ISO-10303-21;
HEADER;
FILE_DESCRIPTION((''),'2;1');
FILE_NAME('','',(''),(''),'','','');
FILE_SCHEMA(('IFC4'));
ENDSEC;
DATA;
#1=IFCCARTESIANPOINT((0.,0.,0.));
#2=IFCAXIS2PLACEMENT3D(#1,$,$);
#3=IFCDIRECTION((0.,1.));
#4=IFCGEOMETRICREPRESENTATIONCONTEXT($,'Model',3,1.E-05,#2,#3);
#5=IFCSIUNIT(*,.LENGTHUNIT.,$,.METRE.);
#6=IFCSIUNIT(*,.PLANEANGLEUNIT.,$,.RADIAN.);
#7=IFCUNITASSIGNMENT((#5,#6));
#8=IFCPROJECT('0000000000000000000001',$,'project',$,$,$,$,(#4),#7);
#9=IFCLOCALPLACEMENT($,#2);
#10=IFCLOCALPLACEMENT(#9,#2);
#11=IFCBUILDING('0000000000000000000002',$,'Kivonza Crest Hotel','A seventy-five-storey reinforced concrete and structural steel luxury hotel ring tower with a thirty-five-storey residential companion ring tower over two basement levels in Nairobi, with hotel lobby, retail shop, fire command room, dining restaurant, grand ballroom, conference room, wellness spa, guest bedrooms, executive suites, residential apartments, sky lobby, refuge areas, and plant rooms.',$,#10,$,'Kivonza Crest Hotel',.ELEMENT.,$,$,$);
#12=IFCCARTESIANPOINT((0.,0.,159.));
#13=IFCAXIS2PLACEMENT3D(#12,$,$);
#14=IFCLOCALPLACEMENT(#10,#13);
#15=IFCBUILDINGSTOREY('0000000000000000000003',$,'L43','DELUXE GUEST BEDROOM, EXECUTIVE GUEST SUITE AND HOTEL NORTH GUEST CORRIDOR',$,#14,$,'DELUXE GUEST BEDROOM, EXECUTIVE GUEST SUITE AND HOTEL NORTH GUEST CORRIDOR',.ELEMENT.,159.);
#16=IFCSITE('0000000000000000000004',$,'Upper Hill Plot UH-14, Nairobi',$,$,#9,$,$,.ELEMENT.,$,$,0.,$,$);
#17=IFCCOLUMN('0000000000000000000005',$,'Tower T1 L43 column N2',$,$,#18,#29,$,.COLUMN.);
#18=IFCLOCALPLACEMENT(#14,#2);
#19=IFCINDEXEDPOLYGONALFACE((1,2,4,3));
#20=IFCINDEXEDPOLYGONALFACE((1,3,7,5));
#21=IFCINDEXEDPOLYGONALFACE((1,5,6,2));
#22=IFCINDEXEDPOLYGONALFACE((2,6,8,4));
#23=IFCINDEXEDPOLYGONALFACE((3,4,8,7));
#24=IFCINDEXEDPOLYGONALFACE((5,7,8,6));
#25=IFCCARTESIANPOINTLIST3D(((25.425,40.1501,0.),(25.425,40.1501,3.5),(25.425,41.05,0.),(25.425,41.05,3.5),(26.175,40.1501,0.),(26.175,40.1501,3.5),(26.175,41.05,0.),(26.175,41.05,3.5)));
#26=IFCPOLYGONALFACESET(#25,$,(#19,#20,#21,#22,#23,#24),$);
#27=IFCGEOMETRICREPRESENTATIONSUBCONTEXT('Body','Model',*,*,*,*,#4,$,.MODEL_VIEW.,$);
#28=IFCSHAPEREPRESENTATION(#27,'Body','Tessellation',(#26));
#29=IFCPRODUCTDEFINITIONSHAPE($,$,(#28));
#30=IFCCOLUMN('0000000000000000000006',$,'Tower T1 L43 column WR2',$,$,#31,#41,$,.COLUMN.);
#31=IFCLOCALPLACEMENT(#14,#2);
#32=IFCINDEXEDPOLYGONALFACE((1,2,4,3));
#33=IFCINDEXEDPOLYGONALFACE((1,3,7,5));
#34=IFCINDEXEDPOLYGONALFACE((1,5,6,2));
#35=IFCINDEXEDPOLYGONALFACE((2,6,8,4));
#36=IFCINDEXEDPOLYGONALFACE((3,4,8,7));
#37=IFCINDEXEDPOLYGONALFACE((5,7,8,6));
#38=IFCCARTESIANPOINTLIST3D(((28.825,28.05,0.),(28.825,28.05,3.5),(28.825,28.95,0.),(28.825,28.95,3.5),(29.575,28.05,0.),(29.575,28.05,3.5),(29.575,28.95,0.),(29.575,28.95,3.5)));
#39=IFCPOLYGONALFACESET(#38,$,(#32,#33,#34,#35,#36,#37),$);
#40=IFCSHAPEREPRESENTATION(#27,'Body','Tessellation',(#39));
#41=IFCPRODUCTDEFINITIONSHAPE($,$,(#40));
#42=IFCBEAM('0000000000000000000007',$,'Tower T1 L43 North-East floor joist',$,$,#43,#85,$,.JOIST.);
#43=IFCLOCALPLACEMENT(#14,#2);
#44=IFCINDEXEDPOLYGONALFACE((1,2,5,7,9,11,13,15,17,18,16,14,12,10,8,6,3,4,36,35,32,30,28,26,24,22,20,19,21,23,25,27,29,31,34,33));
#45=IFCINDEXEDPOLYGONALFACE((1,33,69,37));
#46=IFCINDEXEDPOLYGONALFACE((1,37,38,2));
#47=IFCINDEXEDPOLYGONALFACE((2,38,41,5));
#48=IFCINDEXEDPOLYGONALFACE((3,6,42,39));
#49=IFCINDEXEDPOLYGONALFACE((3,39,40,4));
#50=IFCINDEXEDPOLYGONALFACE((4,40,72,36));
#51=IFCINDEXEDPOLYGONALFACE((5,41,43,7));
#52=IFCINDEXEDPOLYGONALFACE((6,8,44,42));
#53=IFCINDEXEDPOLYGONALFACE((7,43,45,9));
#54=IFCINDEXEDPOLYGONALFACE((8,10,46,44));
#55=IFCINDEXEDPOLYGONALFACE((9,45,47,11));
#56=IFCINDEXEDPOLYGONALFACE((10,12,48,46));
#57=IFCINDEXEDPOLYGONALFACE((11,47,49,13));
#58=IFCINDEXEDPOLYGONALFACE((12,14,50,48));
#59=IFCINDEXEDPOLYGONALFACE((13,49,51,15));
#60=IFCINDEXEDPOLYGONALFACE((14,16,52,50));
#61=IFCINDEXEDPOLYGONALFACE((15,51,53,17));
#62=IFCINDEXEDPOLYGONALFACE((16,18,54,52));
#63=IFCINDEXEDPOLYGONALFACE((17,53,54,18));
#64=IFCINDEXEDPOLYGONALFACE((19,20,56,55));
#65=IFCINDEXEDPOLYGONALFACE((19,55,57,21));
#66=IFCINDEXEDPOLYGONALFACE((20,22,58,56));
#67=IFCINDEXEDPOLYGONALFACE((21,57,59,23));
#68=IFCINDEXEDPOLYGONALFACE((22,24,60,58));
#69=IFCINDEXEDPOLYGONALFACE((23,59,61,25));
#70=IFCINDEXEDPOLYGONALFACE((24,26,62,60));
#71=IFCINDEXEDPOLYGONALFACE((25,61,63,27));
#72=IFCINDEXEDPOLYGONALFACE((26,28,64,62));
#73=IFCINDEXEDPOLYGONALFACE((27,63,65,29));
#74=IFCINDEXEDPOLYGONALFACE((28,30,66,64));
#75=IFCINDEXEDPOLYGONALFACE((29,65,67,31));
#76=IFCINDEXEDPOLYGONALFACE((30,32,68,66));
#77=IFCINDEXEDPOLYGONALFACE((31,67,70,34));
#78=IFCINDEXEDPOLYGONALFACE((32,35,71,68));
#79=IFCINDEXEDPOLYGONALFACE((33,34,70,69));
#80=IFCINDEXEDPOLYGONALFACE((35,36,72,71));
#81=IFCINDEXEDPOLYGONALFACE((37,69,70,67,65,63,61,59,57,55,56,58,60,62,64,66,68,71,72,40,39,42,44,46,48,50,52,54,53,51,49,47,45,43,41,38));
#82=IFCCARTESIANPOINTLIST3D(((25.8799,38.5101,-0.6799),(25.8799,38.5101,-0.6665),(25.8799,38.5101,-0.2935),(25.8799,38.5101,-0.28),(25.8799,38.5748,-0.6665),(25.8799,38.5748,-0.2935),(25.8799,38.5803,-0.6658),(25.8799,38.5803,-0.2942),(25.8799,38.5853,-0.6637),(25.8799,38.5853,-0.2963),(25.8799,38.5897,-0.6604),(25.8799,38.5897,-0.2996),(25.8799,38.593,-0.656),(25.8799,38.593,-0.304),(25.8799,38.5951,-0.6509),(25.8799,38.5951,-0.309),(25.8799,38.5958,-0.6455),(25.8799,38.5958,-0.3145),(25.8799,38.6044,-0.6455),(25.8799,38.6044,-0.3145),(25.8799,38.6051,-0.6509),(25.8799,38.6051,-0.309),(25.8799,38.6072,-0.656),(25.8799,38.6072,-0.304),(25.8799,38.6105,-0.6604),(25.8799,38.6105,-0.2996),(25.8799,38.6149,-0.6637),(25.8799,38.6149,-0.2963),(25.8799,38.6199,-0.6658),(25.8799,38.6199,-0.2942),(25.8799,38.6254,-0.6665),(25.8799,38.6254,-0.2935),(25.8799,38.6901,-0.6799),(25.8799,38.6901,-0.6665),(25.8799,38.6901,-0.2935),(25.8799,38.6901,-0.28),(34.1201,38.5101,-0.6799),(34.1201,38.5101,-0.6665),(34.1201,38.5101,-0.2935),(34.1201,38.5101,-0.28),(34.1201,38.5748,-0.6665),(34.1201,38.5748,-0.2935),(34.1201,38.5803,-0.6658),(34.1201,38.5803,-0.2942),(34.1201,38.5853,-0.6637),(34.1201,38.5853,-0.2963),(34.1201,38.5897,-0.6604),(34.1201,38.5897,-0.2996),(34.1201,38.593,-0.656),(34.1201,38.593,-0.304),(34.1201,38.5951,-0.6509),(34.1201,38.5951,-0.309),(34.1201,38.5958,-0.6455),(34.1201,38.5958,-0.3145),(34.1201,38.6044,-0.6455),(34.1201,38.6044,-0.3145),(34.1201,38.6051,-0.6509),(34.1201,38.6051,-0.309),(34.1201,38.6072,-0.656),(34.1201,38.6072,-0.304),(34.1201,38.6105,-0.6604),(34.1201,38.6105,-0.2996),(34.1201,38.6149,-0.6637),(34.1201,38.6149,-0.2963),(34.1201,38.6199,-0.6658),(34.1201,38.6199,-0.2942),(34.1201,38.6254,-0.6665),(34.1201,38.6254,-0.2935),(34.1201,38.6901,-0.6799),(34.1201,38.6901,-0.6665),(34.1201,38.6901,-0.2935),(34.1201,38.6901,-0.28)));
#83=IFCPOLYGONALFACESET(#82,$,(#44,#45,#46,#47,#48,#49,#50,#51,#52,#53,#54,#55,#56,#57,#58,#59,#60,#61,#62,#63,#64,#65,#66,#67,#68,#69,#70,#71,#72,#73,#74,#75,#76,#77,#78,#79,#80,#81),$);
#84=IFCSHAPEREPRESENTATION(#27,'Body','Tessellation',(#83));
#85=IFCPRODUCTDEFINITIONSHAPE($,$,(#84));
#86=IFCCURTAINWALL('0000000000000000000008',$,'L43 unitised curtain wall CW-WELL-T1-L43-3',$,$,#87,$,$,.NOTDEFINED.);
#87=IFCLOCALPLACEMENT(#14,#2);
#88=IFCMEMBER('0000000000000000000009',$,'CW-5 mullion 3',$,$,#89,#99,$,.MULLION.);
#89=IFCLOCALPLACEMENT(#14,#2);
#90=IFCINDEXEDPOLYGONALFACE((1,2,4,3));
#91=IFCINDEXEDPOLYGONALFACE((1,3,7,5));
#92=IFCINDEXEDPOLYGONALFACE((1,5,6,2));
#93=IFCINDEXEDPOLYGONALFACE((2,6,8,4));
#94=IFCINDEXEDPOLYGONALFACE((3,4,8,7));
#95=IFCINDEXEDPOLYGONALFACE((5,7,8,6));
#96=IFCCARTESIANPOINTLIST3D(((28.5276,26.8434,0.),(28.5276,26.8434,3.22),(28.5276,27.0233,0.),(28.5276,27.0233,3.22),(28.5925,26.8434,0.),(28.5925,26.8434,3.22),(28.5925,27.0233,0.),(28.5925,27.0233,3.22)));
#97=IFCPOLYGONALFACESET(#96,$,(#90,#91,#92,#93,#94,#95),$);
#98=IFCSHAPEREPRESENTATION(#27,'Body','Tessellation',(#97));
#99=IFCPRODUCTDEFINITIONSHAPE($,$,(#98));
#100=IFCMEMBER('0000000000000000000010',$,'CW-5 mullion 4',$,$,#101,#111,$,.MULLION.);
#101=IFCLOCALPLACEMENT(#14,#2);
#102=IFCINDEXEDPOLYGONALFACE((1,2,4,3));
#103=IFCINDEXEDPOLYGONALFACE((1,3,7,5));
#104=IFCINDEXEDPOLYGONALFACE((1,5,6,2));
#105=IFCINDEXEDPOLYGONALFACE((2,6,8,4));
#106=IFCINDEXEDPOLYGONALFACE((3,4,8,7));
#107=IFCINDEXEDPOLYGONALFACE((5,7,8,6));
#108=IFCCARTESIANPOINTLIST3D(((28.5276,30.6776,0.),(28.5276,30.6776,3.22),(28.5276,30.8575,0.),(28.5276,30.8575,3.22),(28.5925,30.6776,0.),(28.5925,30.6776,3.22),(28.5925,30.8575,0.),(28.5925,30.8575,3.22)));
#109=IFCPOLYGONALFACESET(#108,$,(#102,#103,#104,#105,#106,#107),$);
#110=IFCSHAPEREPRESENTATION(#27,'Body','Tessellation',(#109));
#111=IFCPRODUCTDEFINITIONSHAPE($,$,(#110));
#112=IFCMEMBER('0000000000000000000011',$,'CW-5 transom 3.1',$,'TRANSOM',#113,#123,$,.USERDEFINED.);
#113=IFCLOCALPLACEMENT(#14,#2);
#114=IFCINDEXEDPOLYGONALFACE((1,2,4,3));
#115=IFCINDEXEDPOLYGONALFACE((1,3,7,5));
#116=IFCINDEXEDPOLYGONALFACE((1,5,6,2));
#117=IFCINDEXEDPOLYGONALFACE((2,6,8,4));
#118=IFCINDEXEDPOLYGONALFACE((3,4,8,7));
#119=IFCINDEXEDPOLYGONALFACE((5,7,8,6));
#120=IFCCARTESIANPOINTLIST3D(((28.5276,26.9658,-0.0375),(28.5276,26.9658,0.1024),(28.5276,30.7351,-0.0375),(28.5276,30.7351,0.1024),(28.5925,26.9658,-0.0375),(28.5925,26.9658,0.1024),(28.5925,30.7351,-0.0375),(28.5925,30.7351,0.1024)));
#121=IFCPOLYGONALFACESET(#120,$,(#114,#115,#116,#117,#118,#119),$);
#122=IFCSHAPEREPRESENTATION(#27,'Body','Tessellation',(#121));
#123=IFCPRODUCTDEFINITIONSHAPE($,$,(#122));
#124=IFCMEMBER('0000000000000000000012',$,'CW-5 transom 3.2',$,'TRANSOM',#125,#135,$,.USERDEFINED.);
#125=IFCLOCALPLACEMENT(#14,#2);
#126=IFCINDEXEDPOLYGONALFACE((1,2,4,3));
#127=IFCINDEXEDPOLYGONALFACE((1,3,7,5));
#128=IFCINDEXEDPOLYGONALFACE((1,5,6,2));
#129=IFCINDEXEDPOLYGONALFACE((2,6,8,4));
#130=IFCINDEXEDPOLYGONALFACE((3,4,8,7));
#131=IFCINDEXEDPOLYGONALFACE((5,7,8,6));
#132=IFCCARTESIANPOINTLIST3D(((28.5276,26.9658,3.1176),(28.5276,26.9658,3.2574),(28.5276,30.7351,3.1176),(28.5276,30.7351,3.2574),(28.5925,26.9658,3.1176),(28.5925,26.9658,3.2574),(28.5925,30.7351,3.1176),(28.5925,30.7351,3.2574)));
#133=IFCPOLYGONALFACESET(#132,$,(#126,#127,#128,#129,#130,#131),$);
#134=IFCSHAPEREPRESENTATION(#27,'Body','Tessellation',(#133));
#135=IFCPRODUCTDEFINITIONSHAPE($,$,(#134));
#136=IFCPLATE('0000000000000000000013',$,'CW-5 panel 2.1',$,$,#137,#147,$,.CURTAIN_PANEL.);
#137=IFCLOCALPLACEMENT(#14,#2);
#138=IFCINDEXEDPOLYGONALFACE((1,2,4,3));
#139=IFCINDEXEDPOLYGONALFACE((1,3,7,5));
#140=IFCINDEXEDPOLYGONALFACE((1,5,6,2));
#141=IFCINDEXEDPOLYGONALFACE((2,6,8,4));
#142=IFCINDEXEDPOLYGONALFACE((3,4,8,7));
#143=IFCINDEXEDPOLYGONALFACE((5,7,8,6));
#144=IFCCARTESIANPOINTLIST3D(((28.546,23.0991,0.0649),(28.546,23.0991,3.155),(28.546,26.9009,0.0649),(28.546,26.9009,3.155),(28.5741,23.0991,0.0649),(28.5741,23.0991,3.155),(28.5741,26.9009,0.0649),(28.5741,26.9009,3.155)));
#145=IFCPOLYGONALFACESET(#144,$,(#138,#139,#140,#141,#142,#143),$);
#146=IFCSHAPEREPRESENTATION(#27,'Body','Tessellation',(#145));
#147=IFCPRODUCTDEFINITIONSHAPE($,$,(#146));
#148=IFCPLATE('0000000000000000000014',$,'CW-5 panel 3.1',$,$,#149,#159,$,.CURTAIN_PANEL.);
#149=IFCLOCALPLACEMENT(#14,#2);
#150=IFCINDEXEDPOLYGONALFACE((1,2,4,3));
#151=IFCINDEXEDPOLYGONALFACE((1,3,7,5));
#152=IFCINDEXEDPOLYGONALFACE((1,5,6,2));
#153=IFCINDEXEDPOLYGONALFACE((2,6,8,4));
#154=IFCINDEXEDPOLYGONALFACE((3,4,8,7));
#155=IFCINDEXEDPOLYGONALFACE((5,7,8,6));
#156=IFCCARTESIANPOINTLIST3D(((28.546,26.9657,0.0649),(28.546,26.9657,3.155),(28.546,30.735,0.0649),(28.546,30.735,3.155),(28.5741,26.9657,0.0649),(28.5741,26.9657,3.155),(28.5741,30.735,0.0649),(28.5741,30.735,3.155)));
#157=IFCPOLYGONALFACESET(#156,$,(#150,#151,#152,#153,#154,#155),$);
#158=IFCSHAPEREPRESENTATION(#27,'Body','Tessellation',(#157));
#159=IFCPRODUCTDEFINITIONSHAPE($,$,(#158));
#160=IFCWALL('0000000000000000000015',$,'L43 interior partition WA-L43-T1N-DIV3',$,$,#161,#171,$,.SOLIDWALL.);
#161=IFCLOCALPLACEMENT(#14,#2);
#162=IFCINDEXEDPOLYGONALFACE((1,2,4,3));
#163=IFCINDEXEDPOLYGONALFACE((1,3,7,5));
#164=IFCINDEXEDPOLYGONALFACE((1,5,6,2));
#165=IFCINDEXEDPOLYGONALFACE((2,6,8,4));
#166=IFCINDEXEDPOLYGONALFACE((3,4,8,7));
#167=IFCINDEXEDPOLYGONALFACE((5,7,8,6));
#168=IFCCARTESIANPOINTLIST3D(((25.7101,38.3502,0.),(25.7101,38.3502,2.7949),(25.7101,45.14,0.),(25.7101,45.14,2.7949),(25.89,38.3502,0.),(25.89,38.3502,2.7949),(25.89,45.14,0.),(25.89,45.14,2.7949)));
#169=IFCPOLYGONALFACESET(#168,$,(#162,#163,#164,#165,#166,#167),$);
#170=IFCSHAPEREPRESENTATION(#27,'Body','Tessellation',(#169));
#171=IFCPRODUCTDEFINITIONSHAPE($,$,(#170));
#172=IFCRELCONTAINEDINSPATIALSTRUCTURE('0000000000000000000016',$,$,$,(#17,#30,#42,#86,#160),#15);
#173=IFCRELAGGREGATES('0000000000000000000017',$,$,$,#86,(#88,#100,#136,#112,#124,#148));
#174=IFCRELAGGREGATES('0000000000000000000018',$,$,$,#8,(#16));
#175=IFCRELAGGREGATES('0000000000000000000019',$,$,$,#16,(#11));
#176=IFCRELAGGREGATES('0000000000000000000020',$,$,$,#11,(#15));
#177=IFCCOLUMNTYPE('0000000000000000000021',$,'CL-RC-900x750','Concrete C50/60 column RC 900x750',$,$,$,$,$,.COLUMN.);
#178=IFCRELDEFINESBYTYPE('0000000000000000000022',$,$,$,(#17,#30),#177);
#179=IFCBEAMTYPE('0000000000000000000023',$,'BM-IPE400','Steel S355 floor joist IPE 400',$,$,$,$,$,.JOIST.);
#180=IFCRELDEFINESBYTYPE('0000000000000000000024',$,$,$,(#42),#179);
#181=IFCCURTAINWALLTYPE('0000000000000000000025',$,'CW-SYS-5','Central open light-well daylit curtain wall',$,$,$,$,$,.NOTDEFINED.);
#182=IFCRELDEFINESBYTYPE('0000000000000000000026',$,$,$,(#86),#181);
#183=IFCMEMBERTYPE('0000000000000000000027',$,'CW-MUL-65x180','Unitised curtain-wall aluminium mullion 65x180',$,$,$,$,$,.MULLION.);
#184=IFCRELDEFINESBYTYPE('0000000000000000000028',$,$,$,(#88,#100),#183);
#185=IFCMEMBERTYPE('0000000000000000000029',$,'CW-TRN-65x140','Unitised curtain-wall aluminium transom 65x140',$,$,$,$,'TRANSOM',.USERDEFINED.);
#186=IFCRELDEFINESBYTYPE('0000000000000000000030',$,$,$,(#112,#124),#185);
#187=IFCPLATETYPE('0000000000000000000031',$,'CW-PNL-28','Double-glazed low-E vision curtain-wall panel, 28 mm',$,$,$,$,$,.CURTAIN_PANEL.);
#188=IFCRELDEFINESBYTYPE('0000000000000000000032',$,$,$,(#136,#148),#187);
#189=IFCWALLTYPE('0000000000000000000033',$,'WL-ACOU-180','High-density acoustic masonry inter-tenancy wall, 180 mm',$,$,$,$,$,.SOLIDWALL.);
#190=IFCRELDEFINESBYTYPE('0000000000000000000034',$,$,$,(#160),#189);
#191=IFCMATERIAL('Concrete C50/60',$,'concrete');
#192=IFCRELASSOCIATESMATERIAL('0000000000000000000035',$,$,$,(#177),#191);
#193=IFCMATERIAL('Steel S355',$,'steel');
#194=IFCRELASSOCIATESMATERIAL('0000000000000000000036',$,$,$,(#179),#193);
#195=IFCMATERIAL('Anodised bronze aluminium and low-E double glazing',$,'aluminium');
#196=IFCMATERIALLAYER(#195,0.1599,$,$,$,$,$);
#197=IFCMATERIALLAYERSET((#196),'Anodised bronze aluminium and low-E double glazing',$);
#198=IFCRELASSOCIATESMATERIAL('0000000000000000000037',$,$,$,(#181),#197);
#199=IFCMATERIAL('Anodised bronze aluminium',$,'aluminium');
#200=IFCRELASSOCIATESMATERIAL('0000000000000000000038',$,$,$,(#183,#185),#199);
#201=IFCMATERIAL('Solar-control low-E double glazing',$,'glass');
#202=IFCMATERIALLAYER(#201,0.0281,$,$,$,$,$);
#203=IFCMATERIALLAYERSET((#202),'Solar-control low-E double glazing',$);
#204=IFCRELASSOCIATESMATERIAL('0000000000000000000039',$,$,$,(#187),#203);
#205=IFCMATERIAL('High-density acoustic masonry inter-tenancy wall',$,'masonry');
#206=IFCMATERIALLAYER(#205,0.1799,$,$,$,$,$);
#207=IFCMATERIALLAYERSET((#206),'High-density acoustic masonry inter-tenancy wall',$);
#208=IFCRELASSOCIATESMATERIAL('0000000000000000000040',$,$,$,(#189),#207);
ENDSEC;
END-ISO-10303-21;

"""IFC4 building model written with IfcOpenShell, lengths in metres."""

from ifc_helpers import new_model, si_unit, direction, frame, frame_2d, origin, origin_2d, place, context, subcontext, project, spatial, rectangle, i_section, extrude, material, layer, layer_set, material_profile, profile_set, type_object, element, aggregate, save


model = new_model("IFC4")

# Units and contexts
model_context = context("Model", 3, precision=1e-05, world=origin(), true_north=direction((0.0, 1.0)))
body_context = subcontext(model_context, "Body", "Model", "MODEL_VIEW")
ifc_project = project(units=[si_unit("LENGTHUNIT", "METRE"), si_unit("PLANEANGLEUNIT", "RADIAN")], contexts=[model_context])

# Site, building, storey
site_placement = place(None, origin())
site = spatial("IfcSite", under=ifc_project, at=site_placement, Name="Upper Hill Plot UH-14, Nairobi", CompositionType="ELEMENT", RefElevation=0.0)
building_placement = place(site_placement, origin())
building = spatial("IfcBuilding", under=site, at=building_placement, Name="Kivonza Crest Hotel", Description="A seventy-five-storey reinforced concrete and structural steel luxury hotel ring tower with a thirty-five-storey residential companion ring tower over two basement levels in Nairobi, with hotel lobby, retail shop, fire command room, dining restaurant, grand ballroom, conference room, wellness spa, guest bedrooms, executive suites, residential apartments, sky lobby, refuge areas, and plant rooms.", LongName="Kivonza Crest Hotel", CompositionType="ELEMENT")
storey_placement = place(building_placement, frame((0.0, 0.0, 159.0)))
storey = spatial("IfcBuildingStorey", under=building, at=storey_placement, Name="L43", Description="DELUXE GUEST BEDROOM, EXECUTIVE GUEST SUITE AND HOTEL NORTH GUEST CORRIDOR", LongName="DELUXE GUEST BEDROOM, EXECUTIVE GUEST SUITE AND HOTEL NORTH GUEST CORRIDOR", CompositionType="ELEMENT", Elevation=159.0)

# Columns
ifc_material_1 = material(Name="Concrete C50/60", Category="concrete")
ifc_material_profile_1 = material_profile(ifc_material_1, rectangle(XDim=0.75, YDim=0.8999, at=origin_2d()), Name="RC 900x750")
ifc_profile_set_1 = profile_set([ifc_material_profile_1], Name="Concrete C50/60")
column_type = type_object("IfcColumnType", Name="CL-RC-900x750", Description="Concrete C50/60 column RC 900x750", PredefinedType="COLUMN", material=ifc_profile_set_1)
for number, where, z_axis, x_axis, name in (
    (1, (25.8, 40.6001, 0.0), (0.0, 0.0, 1.0), (1.0, 0.0, 0.0), "Tower T1 L43 column N2"),
    (2, (29.2, 28.5, 0.0), (0.0, 0.0, 1.0), (1.0, 0.0, 0.0), "Tower T1 L43 column WR2"),
):
    element("IfcColumn", number, at=place(storey_placement, frame(where, z_axis=z_axis, x_axis=x_axis)), inside=storey, type_object=column_type, Name=name, PredefinedType="COLUMN", context=body_context, shape_type="SweptSolid", body=[
        extrude(rectangle(XDim=0.75, YDim=0.8999, at=origin_2d()), origin(), (0.0, 0.0, 1.0), 3.5),
    ])

# Beam
ifc_material_2 = material(Name="Steel S355", Category="steel")
ifc_material_profile_2 = material_profile(ifc_material_2, i_section(OverallWidth=0.1799, OverallDepth=0.3999, WebThickness=0.0085, FlangeThickness=0.0134, FilletRadius=0.021, at=origin_2d()), Name="IPE 400")
ifc_profile_set_2 = profile_set([ifc_material_profile_2], Name="Steel S355")
beam_type = type_object("IfcBeamType", Name="BM-IPE400", Description="Steel S355 floor joist IPE 400", PredefinedType="JOIST", material=ifc_profile_set_2)
beam_placement = place(storey_placement, frame((25.8799, 38.6001, -0.48), z_axis=(1.0, 0.0, 0.0), x_axis=(0.0, 1.0, 0.0)))
element("IfcBeam", 3, at=beam_placement, inside=storey, type_object=beam_type, Name="Tower T1 L43 North-East floor joist", PredefinedType="JOIST", context=body_context, shape_type="SweptSolid", body=[
    extrude(i_section(OverallWidth=0.1799, OverallDepth=0.3999, WebThickness=0.0085, FlangeThickness=0.0134, FilletRadius=0.021, at=origin_2d()), origin(), (0.0, 0.0, 1.0), 8.2402),
])

# Curtain wall, members, plates
ifc_material_3 = material(Name="Anodised bronze aluminium and low-E double glazing", Category="aluminium")
ifc_layer_1 = layer(ifc_material_3, 0.1599)
ifc_layer_set_1 = layer_set([ifc_layer_1], Name="Anodised bronze aluminium and low-E double glazing")
curtain_wall_type = type_object("IfcCurtainWallType", Name="CW-SYS-5", Description="Central open light-well daylit curtain wall", PredefinedType="NOTDEFINED", material=ifc_layer_set_1)
curtain_wall_placement = place(storey_placement, origin())
curtain_wall = element("IfcCurtainWall", 4, at=curtain_wall_placement, inside=storey, type_object=curtain_wall_type, Name="L43 unitised curtain wall CW-WELL-T1-L43-3", PredefinedType="NOTDEFINED")
ifc_material_4 = material(Name="Anodised bronze aluminium", Category="aluminium")
ifc_material_profile_3 = material_profile(ifc_material_4, rectangle(XDim=0.0649, YDim=0.1799, at=origin_2d()), Name="CW-M 65x180")
ifc_profile_set_3 = profile_set([ifc_material_profile_3], Name="Anodised bronze aluminium")
member_type_1 = type_object("IfcMemberType", Name="CW-MUL-65x180", Description="Unitised curtain-wall aluminium mullion 65x180", PredefinedType="MULLION", material=ifc_profile_set_3)
member_1_placement = place(storey_placement, frame((28.5601, 26.9333, 0.0), z_axis=(0.0, 0.0, 1.0), x_axis=(-1.0, 0.0, 0.0)))
member_1 = element("IfcMember", 5, at=member_1_placement, type_object=member_type_1, Name="CW-5 mullion 3", PredefinedType="MULLION", context=body_context, shape_type="SweptSolid", body=[
    extrude(rectangle(XDim=0.0649, YDim=0.1799, at=origin_2d()), origin(), (0.0, 0.0, 1.0), 3.22),
])
member_2_placement = place(storey_placement, frame((28.5601, 30.7676, 0.0), z_axis=(0.0, 0.0, 1.0), x_axis=(-1.0, 0.0, 0.0)))
member_2 = element("IfcMember", 6, at=member_2_placement, type_object=member_type_1, Name="CW-5 mullion 4", PredefinedType="MULLION", context=body_context, shape_type="SweptSolid", body=[
    extrude(rectangle(XDim=0.0649, YDim=0.1799, at=origin_2d()), origin(), (0.0, 0.0, 1.0), 3.22),
])
ifc_material_profile_4 = material_profile(ifc_material_4, rectangle(XDim=0.0649, YDim=0.1399, at=origin_2d()), Name="CW-T 65x140")
ifc_profile_set_4 = profile_set([ifc_material_profile_4], Name="Anodised bronze aluminium")
member_type_2 = type_object("IfcMemberType", Name="CW-TRN-65x140", Description="Unitised curtain-wall aluminium transom 65x140", ElementType="TRANSOM", PredefinedType="USERDEFINED", material=ifc_profile_set_4)
member_3_placement = place(storey_placement, frame((28.5601, 26.9658, 0.0325), z_axis=(0.0, 1.0, 0.0), x_axis=(-1.0, 0.0, 0.0)))
member_3 = element("IfcMember", 7, at=member_3_placement, type_object=member_type_2, Name="CW-5 transom 3.1", ObjectType="TRANSOM", PredefinedType="USERDEFINED", context=body_context, shape_type="SweptSolid", body=[
    extrude(rectangle(XDim=0.0649, YDim=0.1399, at=origin_2d()), origin(), (0.0, 0.0, 1.0), 3.7693),
])
member_4_placement = place(storey_placement, frame((28.5601, 26.9658, 3.1875), z_axis=(0.0, 1.0, 0.0), x_axis=(-1.0, 0.0, 0.0)))
member_4 = element("IfcMember", 8, at=member_4_placement, type_object=member_type_2, Name="CW-5 transom 3.2", ObjectType="TRANSOM", PredefinedType="USERDEFINED", context=body_context, shape_type="SweptSolid", body=[
    extrude(rectangle(XDim=0.0649, YDim=0.1399, at=origin_2d()), origin(), (0.0, 0.0, 1.0), 3.7693),
])
ifc_material_5 = material(Name="Solar-control low-E double glazing", Category="glass")
ifc_layer_2 = layer(ifc_material_5, 0.0281)
ifc_layer_set_2 = layer_set([ifc_layer_2], Name="Solar-control low-E double glazing")
plate_type = type_object("IfcPlateType", Name="CW-PNL-28", Description="Double-glazed low-E vision curtain-wall panel, 28 mm", PredefinedType="CURTAIN_PANEL", material=ifc_layer_set_2)
plate_1_placement = place(storey_placement, frame((28.5601, 25.0, 0.0649), z_axis=(0.0, 0.0, 1.0), x_axis=(0.0, 1.0, 0.0)))
plate_1 = element("IfcPlate", 9, at=plate_1_placement, type_object=plate_type, Name="CW-5 panel 2.1", PredefinedType="CURTAIN_PANEL", context=body_context, shape_type="SweptSolid", body=[
    extrude(rectangle(XDim=3.8018, YDim=0.0281, at=origin_2d()), origin(), (0.0, 0.0, 1.0), 3.0901),
])
plate_2_placement = place(storey_placement, frame((28.5601, 28.8503, 0.0649), z_axis=(0.0, 0.0, 1.0), x_axis=(0.0, 1.0, 0.0)))
plate_2 = element("IfcPlate", 10, at=plate_2_placement, type_object=plate_type, Name="CW-5 panel 3.1", PredefinedType="CURTAIN_PANEL", context=body_context, shape_type="SweptSolid", body=[
    extrude(rectangle(XDim=3.7693, YDim=0.0281, at=origin_2d()), origin(), (0.0, 0.0, 1.0), 3.0901),
])
aggregate(curtain_wall, [member_1, member_2, plate_1, member_3, member_4, plate_2])

# Wall
ifc_material_6 = material(Name="High-density acoustic masonry inter-tenancy wall", Category="masonry")
ifc_layer_3 = layer(ifc_material_6, 0.1799)
ifc_layer_set_3 = layer_set([ifc_layer_3], Name="High-density acoustic masonry inter-tenancy wall")
wall_type_1 = type_object("IfcWallType", Name="WL-ACOU-180", Description="High-density acoustic masonry inter-tenancy wall, 180 mm", PredefinedType="SOLIDWALL", material=ifc_layer_set_3)
wall_1_placement = place(storey_placement, frame((25.8, 38.3501, 0.0), z_axis=(0.0, 0.0, 1.0), x_axis=(0.0, 1.0, 0.0)))
element("IfcWall", 11, at=wall_1_placement, inside=storey, type_object=wall_type_1, Name="L43 interior partition WA-L43-T1N-DIV3", PredefinedType="SOLIDWALL", context=body_context, shape_type="SweptSolid", body=[
    extrude(rectangle(XDim=6.7898, YDim=0.1799, at=frame_2d((3.395, 0.0))), origin(), (0.0, 0.0, 1.0), 2.7949),
])

save(model, "model.ifc")
